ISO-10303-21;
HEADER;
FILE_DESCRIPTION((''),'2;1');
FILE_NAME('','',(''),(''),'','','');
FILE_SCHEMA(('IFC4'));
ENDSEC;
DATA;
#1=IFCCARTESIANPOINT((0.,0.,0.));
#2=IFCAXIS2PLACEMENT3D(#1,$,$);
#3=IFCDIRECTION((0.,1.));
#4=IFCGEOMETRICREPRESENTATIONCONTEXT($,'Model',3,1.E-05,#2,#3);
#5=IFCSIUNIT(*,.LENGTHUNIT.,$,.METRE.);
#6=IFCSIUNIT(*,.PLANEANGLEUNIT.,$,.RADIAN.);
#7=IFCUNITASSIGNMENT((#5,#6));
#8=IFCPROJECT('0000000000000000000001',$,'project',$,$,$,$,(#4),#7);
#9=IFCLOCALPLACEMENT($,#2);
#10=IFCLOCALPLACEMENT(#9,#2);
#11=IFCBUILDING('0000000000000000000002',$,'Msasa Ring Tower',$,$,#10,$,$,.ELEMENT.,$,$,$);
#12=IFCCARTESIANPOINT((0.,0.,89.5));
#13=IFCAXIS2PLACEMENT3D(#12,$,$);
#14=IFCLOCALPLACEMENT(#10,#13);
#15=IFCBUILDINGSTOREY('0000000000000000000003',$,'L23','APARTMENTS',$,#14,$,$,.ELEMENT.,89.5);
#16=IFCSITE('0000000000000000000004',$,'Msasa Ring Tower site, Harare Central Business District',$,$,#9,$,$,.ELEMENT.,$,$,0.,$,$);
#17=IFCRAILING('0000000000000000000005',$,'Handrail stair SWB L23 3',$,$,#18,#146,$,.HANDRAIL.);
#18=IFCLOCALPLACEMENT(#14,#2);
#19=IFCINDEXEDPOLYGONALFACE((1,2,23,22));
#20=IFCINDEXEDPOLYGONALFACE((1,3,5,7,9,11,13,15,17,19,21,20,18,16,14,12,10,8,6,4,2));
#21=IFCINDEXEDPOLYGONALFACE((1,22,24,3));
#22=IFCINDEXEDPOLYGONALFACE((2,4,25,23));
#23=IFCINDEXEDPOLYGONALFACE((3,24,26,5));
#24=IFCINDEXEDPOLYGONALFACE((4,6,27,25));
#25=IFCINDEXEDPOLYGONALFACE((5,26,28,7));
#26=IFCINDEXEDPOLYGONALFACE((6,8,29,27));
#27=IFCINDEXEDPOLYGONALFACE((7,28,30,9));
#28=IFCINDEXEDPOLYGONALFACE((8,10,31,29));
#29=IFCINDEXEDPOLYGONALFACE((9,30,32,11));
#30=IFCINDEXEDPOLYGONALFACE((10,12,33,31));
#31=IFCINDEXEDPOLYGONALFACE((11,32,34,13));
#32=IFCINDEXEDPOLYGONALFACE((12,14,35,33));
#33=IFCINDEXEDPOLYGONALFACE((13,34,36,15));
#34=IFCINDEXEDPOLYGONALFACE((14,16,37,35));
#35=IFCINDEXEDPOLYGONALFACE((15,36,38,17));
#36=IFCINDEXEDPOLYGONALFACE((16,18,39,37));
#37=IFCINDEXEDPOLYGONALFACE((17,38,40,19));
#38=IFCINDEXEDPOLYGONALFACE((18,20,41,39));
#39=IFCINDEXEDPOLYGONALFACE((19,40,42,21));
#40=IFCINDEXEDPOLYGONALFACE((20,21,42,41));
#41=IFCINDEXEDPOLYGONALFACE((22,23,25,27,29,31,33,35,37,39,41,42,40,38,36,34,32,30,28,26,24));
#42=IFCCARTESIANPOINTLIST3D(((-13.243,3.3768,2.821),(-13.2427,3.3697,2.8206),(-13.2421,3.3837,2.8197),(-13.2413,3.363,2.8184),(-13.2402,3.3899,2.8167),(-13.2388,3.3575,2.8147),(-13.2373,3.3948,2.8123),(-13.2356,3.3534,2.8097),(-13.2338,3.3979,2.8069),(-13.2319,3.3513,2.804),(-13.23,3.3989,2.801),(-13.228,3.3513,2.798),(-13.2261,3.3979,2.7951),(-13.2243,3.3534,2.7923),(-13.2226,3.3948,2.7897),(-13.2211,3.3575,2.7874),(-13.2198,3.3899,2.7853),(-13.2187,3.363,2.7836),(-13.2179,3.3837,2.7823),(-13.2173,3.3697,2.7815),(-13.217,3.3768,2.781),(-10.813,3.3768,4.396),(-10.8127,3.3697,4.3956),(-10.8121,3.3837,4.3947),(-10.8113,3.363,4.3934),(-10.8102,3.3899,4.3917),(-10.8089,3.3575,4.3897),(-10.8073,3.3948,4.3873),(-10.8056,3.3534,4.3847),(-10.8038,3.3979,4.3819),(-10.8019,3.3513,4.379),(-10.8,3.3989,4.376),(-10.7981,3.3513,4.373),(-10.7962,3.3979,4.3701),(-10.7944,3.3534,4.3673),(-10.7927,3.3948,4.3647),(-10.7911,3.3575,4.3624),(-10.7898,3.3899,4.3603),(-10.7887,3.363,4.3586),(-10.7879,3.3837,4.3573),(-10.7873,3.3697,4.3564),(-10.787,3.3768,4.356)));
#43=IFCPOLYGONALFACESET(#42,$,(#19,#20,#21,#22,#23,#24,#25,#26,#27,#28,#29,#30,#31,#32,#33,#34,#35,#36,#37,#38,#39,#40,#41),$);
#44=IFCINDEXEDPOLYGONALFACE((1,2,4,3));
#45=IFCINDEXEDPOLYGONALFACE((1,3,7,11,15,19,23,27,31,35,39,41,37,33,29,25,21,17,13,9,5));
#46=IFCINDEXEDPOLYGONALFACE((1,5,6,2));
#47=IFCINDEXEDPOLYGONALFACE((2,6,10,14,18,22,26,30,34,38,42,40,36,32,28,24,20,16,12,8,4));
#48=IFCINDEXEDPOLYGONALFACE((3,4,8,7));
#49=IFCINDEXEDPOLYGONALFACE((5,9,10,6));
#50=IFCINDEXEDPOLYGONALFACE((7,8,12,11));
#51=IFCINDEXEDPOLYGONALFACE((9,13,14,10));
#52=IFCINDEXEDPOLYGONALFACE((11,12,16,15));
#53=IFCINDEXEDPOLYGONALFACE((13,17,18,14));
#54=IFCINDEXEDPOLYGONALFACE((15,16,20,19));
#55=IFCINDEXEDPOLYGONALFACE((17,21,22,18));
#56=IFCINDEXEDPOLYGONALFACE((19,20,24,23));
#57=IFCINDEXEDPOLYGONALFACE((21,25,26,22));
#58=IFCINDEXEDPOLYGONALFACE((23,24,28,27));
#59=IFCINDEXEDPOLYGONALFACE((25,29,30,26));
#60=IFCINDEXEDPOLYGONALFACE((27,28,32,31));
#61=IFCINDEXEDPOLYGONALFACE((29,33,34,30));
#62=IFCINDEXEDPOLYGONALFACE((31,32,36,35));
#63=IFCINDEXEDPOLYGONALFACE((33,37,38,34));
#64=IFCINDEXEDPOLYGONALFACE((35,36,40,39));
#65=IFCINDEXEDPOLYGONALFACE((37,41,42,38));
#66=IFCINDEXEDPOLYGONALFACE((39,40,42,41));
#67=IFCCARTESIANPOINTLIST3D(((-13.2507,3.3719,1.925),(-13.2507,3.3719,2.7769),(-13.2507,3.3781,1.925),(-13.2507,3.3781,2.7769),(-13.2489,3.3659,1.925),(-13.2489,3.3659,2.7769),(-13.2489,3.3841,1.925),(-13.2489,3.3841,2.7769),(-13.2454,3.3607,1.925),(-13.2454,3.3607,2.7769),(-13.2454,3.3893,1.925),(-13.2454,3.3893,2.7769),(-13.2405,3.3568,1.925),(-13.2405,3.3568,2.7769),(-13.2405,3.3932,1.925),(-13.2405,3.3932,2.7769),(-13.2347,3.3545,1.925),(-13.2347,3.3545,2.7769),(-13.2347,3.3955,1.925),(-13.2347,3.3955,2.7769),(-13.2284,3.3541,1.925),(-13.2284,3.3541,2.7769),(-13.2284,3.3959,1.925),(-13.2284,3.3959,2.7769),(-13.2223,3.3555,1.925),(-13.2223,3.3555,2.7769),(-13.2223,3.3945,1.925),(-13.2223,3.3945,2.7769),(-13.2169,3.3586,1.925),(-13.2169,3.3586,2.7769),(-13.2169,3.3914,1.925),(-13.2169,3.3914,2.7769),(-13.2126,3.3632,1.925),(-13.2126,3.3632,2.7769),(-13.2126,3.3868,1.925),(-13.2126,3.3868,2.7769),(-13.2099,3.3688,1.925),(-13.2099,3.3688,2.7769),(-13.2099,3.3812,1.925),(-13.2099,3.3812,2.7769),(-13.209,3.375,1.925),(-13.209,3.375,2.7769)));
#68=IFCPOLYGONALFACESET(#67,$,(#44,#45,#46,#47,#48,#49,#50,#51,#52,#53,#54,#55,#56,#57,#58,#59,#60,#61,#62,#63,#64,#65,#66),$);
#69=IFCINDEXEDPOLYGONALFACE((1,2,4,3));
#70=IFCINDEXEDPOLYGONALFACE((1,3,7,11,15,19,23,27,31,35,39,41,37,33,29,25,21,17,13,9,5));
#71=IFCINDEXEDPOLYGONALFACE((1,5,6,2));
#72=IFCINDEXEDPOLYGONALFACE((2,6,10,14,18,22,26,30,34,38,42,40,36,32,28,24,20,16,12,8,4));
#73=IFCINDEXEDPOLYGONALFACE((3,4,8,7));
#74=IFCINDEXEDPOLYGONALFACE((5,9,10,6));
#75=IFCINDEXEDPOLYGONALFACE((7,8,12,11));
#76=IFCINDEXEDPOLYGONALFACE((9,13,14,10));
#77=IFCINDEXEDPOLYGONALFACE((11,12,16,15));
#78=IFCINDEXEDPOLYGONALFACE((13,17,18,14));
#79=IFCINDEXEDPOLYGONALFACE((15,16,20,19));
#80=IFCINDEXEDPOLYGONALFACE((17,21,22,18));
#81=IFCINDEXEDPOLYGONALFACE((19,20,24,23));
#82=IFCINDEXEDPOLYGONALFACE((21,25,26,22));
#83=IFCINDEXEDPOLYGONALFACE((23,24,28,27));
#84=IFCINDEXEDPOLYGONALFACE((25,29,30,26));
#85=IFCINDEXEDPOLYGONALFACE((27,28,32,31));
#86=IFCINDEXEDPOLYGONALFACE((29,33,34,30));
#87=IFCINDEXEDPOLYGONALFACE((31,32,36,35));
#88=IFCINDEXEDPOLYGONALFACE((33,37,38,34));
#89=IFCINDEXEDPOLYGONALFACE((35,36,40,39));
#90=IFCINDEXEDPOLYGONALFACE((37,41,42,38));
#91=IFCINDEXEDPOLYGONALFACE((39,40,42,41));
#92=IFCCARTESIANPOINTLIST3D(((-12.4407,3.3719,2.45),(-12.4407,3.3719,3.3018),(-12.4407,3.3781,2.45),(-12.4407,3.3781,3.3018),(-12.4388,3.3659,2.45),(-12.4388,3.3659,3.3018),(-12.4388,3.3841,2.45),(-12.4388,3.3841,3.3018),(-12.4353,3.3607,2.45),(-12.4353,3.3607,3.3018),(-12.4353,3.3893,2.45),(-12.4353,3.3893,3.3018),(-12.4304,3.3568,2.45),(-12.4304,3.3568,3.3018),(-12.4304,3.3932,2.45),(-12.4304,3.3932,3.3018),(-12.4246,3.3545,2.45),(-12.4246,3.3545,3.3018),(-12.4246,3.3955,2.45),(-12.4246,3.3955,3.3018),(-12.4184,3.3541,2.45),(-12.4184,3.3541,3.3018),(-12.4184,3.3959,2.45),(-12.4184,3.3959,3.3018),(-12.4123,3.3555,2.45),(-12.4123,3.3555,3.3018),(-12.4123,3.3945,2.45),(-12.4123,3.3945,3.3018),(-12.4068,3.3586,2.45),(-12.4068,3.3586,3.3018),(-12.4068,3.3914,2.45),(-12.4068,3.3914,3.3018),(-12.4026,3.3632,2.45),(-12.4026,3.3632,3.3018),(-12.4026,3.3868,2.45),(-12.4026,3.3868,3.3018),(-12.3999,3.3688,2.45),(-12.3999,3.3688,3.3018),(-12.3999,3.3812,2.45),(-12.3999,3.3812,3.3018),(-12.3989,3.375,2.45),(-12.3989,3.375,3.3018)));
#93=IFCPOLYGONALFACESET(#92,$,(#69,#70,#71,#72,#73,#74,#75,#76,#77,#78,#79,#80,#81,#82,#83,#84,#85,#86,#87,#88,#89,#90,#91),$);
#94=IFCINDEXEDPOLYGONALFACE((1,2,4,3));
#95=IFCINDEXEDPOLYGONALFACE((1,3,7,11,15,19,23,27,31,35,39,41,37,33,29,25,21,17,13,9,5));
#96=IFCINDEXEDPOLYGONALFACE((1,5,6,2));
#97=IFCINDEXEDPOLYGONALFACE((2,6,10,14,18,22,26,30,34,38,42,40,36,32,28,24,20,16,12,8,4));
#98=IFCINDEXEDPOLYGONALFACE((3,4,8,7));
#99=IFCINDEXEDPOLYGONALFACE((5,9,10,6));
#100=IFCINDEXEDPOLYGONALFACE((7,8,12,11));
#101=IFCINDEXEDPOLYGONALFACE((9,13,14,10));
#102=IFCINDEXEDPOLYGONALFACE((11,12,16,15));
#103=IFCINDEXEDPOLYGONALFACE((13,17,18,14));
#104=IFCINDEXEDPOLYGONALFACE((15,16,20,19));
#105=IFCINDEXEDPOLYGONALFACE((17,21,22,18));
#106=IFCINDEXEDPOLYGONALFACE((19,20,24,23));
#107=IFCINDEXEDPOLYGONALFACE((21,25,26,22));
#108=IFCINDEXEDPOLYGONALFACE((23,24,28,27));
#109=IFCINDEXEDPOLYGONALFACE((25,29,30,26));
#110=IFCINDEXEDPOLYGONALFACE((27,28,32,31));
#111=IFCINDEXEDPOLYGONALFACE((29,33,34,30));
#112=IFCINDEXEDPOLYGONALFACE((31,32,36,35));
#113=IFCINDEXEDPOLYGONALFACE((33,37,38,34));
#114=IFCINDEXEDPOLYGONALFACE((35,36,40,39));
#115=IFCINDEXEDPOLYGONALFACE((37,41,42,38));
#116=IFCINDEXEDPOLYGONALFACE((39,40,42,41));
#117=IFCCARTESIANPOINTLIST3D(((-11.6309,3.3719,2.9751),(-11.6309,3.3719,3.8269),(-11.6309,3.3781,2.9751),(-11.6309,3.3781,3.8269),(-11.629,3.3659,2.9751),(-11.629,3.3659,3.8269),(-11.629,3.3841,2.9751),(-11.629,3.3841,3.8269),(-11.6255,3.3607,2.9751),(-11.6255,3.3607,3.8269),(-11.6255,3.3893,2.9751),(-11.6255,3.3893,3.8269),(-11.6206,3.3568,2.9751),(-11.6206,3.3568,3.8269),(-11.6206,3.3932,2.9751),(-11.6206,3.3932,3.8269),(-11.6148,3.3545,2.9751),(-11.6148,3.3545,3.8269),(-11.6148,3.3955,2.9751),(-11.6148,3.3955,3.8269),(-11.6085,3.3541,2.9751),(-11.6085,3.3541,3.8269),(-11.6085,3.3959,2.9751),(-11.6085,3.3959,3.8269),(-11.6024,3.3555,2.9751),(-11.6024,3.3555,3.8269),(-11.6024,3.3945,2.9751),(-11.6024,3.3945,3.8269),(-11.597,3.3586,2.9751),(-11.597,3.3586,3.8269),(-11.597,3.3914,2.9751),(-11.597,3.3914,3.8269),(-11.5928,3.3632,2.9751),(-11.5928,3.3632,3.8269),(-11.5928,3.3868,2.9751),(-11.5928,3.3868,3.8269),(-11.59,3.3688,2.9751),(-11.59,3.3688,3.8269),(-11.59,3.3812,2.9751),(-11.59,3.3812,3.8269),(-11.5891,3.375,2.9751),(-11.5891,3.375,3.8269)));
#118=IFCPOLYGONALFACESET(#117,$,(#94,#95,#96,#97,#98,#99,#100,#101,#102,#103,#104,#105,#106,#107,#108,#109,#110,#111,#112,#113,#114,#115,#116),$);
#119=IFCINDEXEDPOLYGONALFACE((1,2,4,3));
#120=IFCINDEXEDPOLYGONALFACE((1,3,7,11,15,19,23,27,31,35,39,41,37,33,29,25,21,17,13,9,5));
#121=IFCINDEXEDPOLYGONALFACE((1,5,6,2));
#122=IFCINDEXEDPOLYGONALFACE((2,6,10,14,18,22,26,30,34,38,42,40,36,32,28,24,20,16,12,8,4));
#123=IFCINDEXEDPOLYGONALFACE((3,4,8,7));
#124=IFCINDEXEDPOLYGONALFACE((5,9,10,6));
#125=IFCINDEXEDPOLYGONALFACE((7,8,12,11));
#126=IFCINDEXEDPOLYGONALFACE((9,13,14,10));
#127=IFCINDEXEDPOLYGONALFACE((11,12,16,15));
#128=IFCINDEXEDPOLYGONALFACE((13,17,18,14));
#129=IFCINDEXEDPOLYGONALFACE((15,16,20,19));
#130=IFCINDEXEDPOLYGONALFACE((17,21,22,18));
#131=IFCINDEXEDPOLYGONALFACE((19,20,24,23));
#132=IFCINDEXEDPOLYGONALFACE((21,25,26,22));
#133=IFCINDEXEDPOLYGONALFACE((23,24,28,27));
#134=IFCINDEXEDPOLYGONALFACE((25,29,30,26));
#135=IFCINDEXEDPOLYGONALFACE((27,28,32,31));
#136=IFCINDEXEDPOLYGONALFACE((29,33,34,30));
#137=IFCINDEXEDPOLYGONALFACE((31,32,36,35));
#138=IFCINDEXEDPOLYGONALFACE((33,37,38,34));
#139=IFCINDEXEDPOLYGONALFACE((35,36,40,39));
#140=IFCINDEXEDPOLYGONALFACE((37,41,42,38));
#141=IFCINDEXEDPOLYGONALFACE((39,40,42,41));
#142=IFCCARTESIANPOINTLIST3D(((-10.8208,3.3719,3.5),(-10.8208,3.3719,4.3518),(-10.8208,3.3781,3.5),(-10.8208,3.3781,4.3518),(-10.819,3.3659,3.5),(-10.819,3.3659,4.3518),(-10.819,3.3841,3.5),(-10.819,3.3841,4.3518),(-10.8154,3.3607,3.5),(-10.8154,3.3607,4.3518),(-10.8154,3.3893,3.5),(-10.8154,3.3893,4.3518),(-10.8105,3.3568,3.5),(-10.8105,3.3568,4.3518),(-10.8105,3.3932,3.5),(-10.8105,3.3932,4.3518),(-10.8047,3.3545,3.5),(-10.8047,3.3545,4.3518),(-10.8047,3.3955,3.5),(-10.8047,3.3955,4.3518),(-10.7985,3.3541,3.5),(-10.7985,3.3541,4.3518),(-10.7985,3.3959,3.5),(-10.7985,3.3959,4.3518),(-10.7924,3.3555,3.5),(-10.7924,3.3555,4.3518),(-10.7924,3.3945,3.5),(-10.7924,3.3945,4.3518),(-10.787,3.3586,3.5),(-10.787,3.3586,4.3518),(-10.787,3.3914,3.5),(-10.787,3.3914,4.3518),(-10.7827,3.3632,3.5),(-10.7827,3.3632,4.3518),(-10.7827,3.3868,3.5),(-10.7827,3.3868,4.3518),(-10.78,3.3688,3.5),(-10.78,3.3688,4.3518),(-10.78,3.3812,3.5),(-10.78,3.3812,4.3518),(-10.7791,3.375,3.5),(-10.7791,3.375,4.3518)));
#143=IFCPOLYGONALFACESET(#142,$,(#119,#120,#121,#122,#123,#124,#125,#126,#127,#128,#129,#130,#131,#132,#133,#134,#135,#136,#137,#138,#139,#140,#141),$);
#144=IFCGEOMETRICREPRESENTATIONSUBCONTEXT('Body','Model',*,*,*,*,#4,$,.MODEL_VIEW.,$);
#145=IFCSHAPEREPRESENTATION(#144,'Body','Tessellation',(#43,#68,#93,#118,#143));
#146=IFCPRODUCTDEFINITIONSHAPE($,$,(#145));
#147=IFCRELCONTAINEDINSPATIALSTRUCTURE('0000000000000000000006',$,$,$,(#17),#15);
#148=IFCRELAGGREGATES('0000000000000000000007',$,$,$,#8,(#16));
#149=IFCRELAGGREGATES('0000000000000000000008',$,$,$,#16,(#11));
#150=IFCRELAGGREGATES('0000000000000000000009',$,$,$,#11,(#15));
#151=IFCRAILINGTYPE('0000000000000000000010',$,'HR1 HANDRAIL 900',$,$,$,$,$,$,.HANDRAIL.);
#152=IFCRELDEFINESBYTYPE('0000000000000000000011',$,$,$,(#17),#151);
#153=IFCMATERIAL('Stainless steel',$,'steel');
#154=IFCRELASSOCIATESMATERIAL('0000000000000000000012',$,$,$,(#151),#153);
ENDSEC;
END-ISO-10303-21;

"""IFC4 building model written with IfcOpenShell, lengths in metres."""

from ifc_helpers import new_model, si_unit, direction, frame, origin, origin_2d, place, context, subcontext, project, spatial, circle, extrude, material, type_object, element, save


model = new_model("IFC4")

# Units and contexts
model_context = context("Model", 3, precision=1e-05, world=origin(), true_north=direction((0.0, 1.0)))
body_context = subcontext(model_context, "Body", "Model", "MODEL_VIEW")
ifc_project = project(units=[si_unit("LENGTHUNIT", "METRE"), si_unit("PLANEANGLEUNIT", "RADIAN")], contexts=[model_context])

# Site, building, storey
site_placement = place(None, origin())
site = spatial("IfcSite", under=ifc_project, at=site_placement, Name="Msasa Ring Tower site, Harare Central Business District", CompositionType="ELEMENT", RefElevation=0.0)
building_placement = place(site_placement, origin())
building = spatial("IfcBuilding", under=site, at=building_placement, Name="Msasa Ring Tower", CompositionType="ELEMENT")
storey_placement = place(building_placement, frame((0.0, 0.0, 89.5)))
storey = spatial("IfcBuildingStorey", under=building, at=storey_placement, Name="L23", Description="APARTMENTS", CompositionType="ELEMENT", Elevation=89.5)

# Railing
ifc_material_1 = material(Name="Stainless steel", Category="steel")
railing_type = type_object("IfcRailingType", Name="HR1 HANDRAIL 900", PredefinedType="HANDRAIL", material=ifc_material_1)
for number, where, name in (
    (1, (-13.23, 3.375, 1.925), "Handrail stair SWB L23 3"),
):
    element("IfcRailing", number, at=place(storey_placement, frame(where)), inside=storey, type_object=railing_type, Name=name, PredefinedType="HANDRAIL", context=body_context, shape_type="SweptSolid", body=[
        extrude(circle(Radius=0.0239, at=origin_2d()), frame((0.0, 0.0, 0.876), z_axis=(0.839154, 0.0, 0.543894), x_axis=(0.0, 1.0, 0.0)), (0.0, 0.0, 1.0), 2.8958),
        extrude(circle(Radius=0.021, at=origin_2d()), origin(), (0.0, 0.0, 1.0), 0.8518),
        extrude(circle(Radius=0.021, at=origin_2d()), frame((0.8101, 0.0, 0.5249)), (0.0, 0.0, 1.0), 0.8518),
        extrude(circle(Radius=0.021, at=origin_2d()), frame((1.6199, 0.0, 1.05)), (0.0, 0.0, 1.0), 0.8518),
        extrude(circle(Radius=0.021, at=origin_2d()), frame((2.4299, 0.0, 1.575)), (0.0, 0.0, 1.0), 0.8518),
    ])

save(model, "model.ifc")
